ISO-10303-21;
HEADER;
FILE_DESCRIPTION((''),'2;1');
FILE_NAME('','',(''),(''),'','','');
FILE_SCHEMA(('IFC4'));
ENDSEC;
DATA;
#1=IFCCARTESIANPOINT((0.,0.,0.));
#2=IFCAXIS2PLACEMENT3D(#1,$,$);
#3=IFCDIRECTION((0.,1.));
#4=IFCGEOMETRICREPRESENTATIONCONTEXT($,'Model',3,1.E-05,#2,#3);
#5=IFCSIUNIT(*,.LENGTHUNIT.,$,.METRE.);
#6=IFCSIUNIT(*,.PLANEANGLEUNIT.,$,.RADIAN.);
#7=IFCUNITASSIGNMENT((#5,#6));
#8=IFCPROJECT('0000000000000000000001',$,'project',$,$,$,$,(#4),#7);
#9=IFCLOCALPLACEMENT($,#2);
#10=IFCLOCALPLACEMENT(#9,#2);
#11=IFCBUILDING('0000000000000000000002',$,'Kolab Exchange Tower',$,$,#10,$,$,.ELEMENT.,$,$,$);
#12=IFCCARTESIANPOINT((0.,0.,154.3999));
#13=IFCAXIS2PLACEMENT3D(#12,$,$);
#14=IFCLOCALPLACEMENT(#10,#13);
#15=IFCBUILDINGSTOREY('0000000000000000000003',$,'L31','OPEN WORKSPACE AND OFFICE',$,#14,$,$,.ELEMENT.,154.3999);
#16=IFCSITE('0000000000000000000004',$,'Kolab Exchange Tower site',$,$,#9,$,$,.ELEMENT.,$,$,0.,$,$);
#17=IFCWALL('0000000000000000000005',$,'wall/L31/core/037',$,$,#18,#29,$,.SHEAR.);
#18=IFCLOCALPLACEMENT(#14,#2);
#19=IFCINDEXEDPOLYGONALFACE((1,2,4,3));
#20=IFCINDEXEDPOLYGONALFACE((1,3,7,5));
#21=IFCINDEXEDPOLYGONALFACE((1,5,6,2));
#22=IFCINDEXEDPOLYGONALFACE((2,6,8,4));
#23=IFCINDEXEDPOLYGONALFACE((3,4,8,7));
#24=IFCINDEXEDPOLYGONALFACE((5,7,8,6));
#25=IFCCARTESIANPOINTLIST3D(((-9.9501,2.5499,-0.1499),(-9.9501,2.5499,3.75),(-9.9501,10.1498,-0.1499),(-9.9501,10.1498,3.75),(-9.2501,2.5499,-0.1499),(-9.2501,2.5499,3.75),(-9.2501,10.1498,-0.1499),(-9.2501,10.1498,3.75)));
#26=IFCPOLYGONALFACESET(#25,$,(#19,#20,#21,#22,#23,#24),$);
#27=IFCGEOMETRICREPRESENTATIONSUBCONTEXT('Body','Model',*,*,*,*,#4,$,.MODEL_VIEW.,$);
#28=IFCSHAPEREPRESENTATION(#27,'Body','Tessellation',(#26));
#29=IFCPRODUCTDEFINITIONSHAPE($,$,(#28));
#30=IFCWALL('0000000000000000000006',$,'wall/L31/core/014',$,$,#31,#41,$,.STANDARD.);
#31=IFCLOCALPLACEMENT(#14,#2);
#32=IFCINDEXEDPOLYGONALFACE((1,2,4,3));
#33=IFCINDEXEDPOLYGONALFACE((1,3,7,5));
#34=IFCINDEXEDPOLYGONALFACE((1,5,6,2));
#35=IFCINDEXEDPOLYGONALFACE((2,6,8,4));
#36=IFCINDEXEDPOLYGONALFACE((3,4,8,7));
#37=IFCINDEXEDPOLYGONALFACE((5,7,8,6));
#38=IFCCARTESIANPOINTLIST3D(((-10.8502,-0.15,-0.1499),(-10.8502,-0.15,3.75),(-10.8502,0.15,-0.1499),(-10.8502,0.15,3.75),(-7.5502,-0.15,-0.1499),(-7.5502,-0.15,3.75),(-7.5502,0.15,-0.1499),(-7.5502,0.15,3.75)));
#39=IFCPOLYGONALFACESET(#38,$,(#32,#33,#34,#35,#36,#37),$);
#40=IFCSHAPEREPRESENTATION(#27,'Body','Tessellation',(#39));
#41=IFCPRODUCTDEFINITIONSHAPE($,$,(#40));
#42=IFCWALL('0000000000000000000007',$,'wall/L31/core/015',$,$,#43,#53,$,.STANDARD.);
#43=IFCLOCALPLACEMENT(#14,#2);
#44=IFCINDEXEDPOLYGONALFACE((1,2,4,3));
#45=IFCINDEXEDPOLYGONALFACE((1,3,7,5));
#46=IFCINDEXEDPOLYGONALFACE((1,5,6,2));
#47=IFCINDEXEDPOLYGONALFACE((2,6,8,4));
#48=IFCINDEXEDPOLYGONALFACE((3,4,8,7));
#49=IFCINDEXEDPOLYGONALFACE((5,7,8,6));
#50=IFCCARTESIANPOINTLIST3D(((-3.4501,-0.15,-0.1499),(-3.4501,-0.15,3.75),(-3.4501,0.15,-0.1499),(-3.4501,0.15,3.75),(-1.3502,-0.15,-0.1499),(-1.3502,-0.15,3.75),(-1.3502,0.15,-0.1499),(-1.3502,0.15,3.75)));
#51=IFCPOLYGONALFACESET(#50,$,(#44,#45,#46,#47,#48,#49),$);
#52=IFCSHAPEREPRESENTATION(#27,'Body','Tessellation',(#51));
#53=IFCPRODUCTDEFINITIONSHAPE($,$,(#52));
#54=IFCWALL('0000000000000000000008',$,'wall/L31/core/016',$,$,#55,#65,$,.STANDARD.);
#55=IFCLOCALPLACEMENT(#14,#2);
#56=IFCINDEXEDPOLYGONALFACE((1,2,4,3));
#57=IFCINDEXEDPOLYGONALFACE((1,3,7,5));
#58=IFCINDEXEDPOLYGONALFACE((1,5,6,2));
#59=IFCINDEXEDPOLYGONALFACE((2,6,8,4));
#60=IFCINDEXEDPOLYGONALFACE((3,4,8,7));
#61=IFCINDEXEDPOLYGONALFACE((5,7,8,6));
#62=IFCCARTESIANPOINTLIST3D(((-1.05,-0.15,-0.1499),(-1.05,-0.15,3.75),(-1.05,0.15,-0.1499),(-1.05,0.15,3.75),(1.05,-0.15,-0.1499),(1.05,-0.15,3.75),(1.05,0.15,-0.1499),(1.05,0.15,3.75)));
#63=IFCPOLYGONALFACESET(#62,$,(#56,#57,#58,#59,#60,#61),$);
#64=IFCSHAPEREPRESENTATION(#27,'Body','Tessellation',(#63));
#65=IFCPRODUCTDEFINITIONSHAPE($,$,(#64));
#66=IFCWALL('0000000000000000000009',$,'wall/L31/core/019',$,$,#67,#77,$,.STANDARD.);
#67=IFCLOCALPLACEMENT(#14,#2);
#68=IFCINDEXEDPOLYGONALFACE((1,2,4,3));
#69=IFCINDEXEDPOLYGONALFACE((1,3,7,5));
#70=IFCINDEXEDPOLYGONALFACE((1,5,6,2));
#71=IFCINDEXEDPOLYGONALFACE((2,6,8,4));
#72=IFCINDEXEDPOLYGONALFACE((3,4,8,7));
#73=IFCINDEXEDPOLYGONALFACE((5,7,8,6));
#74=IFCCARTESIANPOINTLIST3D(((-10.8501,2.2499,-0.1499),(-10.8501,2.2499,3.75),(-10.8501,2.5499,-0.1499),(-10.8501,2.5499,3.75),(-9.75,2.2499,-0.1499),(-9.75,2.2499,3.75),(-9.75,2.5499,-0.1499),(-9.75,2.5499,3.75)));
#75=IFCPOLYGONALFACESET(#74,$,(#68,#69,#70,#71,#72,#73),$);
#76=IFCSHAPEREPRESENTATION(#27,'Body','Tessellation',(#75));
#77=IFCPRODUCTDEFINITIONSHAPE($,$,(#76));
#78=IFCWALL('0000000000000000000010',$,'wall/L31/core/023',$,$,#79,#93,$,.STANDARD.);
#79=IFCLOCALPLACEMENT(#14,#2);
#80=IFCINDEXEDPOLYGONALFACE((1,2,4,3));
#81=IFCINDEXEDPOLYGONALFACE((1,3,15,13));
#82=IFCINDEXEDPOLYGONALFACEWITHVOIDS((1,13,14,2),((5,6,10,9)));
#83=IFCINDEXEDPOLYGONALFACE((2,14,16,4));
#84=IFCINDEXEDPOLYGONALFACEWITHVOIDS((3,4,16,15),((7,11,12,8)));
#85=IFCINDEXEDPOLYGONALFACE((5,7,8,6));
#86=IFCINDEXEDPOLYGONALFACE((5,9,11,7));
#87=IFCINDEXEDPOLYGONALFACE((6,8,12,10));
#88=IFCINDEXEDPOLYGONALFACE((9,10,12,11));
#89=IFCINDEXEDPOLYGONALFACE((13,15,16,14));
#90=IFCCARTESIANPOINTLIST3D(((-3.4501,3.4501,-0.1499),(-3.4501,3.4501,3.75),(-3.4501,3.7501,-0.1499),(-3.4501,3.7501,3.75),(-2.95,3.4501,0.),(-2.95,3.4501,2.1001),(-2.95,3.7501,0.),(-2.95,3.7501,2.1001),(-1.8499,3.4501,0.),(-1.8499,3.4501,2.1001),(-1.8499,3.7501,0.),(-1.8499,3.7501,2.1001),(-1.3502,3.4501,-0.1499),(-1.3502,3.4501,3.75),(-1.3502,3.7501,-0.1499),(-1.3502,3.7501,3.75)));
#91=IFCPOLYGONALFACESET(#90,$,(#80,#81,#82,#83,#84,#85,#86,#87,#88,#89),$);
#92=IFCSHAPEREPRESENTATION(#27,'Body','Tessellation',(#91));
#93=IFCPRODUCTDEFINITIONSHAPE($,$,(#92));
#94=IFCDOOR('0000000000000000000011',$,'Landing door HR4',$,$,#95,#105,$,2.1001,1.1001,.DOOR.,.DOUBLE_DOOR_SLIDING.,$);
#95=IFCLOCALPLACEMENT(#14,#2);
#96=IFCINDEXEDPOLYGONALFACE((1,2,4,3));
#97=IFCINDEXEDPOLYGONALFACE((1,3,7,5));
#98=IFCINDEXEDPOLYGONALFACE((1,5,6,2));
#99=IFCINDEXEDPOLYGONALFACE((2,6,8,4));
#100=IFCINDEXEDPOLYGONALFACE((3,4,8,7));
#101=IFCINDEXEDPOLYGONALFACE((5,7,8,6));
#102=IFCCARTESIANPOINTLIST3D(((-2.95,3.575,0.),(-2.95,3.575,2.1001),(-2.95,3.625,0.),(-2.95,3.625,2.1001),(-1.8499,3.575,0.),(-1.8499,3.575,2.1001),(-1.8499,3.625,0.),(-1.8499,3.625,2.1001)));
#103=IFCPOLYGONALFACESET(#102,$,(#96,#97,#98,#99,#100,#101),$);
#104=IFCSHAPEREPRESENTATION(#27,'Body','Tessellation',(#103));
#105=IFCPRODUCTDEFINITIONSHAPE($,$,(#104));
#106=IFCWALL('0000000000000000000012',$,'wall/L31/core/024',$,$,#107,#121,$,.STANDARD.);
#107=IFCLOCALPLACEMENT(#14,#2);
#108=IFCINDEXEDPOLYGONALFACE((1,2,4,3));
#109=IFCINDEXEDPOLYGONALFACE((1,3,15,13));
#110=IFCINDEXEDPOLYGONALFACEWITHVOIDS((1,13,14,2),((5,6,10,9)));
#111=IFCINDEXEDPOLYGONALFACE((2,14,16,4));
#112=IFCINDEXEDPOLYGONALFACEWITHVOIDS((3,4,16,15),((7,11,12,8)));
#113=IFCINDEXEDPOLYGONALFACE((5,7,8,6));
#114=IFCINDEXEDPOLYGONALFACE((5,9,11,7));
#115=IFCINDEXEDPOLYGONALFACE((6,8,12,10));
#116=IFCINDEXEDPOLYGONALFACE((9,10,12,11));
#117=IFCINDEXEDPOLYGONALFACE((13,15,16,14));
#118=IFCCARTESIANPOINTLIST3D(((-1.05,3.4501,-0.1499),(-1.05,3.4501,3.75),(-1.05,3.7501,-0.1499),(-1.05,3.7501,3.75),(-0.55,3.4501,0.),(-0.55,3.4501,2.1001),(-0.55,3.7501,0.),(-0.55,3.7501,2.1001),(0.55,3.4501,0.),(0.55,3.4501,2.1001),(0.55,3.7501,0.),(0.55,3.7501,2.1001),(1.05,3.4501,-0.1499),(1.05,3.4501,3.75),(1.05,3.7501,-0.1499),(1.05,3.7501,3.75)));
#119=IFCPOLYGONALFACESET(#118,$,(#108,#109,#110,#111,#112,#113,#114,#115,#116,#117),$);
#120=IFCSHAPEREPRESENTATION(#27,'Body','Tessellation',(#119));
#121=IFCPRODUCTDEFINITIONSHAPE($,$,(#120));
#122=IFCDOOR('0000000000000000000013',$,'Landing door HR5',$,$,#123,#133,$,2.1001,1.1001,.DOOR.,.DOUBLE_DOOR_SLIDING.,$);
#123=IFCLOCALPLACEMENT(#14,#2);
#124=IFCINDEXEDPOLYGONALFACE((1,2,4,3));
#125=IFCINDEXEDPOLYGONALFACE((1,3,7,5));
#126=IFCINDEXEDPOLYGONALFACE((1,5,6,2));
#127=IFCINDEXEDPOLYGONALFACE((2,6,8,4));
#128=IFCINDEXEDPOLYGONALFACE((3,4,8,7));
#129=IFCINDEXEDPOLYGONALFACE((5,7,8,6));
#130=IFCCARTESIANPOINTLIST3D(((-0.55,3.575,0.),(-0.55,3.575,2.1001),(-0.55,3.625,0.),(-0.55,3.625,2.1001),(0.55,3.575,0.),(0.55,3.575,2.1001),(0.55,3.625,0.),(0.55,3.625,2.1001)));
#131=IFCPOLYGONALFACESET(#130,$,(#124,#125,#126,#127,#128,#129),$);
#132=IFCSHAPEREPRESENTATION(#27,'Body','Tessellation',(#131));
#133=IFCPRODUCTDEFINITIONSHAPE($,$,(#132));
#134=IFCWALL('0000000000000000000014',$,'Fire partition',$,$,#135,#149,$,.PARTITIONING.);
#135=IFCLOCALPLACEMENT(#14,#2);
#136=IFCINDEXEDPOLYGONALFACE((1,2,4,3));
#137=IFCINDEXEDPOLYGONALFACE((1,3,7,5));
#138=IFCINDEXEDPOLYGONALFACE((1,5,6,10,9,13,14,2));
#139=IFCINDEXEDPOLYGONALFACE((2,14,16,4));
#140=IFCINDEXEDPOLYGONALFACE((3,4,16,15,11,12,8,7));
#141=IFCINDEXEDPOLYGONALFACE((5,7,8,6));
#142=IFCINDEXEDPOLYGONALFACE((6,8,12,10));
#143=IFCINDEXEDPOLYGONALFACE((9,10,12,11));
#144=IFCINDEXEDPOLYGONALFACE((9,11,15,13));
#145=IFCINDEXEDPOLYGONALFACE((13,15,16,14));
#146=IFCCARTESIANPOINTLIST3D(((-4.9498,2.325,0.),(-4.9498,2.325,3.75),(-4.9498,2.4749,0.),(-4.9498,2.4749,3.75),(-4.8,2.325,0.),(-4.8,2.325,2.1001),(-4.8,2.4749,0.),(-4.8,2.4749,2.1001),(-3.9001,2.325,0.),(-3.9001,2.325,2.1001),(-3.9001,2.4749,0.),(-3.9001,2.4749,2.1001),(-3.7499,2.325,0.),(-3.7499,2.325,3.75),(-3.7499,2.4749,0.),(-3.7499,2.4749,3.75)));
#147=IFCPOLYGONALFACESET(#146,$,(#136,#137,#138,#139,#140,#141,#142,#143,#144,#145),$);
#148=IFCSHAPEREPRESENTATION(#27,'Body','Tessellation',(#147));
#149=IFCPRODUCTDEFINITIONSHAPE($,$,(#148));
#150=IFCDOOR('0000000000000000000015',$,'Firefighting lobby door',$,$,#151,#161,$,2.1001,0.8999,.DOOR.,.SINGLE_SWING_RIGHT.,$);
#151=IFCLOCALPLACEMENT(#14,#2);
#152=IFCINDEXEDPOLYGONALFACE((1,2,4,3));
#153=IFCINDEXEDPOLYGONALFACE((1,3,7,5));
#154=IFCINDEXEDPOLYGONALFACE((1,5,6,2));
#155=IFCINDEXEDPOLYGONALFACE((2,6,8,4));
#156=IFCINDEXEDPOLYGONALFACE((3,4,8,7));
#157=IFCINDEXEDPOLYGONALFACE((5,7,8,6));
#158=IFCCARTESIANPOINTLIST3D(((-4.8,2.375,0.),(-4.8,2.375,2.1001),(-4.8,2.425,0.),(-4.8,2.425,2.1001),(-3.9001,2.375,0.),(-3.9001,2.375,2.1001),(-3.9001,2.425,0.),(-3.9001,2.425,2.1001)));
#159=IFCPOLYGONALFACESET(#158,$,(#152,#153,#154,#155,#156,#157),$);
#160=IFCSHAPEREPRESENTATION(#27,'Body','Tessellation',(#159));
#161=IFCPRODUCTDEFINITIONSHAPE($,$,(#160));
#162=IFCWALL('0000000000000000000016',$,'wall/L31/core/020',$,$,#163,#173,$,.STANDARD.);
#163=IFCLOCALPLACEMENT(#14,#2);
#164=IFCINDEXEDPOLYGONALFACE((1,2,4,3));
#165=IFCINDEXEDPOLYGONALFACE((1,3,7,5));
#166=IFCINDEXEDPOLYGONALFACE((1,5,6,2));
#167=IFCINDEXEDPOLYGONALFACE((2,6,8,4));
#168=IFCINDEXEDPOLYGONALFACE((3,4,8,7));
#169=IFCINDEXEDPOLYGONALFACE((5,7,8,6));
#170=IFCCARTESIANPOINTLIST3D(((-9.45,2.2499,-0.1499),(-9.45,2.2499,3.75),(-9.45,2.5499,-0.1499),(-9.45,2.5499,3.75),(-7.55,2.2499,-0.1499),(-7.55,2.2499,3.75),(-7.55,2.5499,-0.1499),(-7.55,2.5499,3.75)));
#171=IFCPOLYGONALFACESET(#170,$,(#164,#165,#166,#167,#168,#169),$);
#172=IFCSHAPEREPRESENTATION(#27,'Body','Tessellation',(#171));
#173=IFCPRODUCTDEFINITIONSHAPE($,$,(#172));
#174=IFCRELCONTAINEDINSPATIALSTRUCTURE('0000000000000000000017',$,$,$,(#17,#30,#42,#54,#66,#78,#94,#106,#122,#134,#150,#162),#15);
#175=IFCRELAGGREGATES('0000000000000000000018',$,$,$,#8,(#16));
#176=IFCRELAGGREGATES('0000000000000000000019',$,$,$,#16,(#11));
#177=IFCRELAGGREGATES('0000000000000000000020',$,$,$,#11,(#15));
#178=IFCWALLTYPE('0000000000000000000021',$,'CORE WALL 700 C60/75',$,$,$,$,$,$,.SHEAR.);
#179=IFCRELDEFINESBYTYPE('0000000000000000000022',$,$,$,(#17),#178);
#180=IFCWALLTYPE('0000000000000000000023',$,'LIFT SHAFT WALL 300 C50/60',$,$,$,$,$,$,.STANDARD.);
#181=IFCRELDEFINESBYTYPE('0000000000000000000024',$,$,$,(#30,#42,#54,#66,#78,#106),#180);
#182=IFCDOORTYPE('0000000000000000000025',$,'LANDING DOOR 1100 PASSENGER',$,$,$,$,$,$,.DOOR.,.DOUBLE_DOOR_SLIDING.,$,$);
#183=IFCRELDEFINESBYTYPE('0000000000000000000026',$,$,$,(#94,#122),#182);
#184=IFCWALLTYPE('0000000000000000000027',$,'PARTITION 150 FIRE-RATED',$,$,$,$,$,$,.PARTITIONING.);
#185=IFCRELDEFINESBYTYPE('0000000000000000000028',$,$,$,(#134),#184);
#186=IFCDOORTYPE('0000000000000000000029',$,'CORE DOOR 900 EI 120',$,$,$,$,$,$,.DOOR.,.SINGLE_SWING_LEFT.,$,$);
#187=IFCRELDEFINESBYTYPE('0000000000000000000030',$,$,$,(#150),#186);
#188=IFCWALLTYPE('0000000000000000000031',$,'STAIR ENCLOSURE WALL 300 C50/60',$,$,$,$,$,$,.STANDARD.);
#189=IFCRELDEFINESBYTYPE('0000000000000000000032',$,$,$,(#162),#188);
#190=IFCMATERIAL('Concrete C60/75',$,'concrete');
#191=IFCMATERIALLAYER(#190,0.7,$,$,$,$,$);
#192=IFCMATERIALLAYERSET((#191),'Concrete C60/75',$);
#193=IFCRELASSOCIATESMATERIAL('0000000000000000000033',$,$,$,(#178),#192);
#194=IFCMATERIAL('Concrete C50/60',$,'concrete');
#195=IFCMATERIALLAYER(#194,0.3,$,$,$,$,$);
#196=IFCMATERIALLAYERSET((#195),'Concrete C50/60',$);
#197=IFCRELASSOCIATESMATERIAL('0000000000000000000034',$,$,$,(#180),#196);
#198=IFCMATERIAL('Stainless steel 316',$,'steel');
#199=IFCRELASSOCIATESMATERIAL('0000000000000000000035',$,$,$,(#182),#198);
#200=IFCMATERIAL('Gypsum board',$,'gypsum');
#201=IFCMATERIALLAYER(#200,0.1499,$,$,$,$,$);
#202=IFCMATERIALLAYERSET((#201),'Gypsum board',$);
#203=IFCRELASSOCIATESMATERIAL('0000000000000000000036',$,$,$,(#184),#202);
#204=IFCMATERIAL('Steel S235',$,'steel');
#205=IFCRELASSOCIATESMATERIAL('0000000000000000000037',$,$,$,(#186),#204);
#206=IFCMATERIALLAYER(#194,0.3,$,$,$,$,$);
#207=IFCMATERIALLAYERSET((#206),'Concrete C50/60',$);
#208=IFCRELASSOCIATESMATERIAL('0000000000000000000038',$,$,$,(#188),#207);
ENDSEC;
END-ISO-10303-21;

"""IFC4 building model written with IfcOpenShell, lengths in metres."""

from ifc_helpers import new_model, si_unit, direction, frame, frame_2d, origin, place, context, subcontext, project, spatial, rectangle, extrude, material, layer, layer_set, type_object, element, fill, save


model = new_model("IFC4")

# Units and contexts
model_context = context("Model", 3, precision=1e-05, world=origin(), true_north=direction((0.0, 1.0)))
body_context = subcontext(model_context, "Body", "Model", "MODEL_VIEW")
ifc_project = project(units=[si_unit("LENGTHUNIT", "METRE"), si_unit("PLANEANGLEUNIT", "RADIAN")], contexts=[model_context])

# Site, building, storey
site_placement = place(None, origin())
site = spatial("IfcSite", under=ifc_project, at=site_placement, Name="Kolab Exchange Tower site", CompositionType="ELEMENT", RefElevation=0.0)
building_placement = place(site_placement, origin())
building = spatial("IfcBuilding", under=site, at=building_placement, Name="Kolab Exchange Tower", CompositionType="ELEMENT")
storey_placement = place(building_placement, frame((0.0, 0.0, 154.3999)))
storey = spatial("IfcBuildingStorey", under=building, at=storey_placement, Name="L31", Description="OPEN WORKSPACE AND OFFICE", CompositionType="ELEMENT", Elevation=154.3999)

# Walls
ifc_material_1 = material(Name="Concrete C60/75", Category="concrete")
ifc_layer_1 = layer(ifc_material_1, 0.7)
ifc_layer_set_1 = layer_set([ifc_layer_1], Name="Concrete C60/75")
wall_type_1 = type_object("IfcWallType", Name="CORE WALL 700 C60/75", PredefinedType="SHEAR", material=ifc_layer_set_1)
wall_1_placement = place(storey_placement, frame((-9.6001, 2.55, -0.1499), z_axis=(0.0, 0.0, 1.0), x_axis=(0.0, 1.0, 0.0)))
element("IfcWall", 1, at=wall_1_placement, inside=storey, type_object=wall_type_1, Name="wall/L31/core/037", PredefinedType="SHEAR", context=body_context, shape_type="SweptSolid", body=[
    extrude(rectangle(XDim=7.5999, YDim=0.7, at=frame_2d((3.7998, 0.0))), origin(), (0.0, 0.0, 1.0), 3.8999),
])
ifc_material_2 = material(Name="Concrete C50/60", Category="concrete")
ifc_layer_2 = layer(ifc_material_2, 0.3)
ifc_layer_set_2 = layer_set([ifc_layer_2], Name="Concrete C50/60")
wall_type_2 = type_object("IfcWallType", Name="LIFT SHAFT WALL 300 C50/60", PredefinedType="STANDARD", material=ifc_layer_set_2)
wall_2_placement = place(storey_placement, frame((-10.8501, 0.0, -0.1499), z_axis=(0.0, 0.0, 1.0), x_axis=(1.0, 0.0, 0.0)))
element("IfcWall", 2, at=wall_2_placement, inside=storey, type_object=wall_type_2, Name="wall/L31/core/014", PredefinedType="STANDARD", context=body_context, shape_type="SweptSolid", body=[
    extrude(rectangle(XDim=3.3, YDim=0.3, at=frame_2d((1.6499, 0.0))), origin(), (0.0, 0.0, 1.0), 3.8999),
])
wall_3_placement = place(storey_placement, frame((-3.45, 0.0, -0.1499), z_axis=(0.0, 0.0, 1.0), x_axis=(1.0, 0.0, 0.0)))
element("IfcWall", 3, at=wall_3_placement, inside=storey, type_object=wall_type_2, Name="wall/L31/core/015", PredefinedType="STANDARD", context=body_context, shape_type="SweptSolid", body=[
    extrude(rectangle(XDim=2.0999, YDim=0.3, at=frame_2d((1.0498, 0.0))), origin(), (0.0, 0.0, 1.0), 3.8999),
])
wall_4_placement = place(storey_placement, frame((-1.05, 0.0, -0.1499), z_axis=(0.0, 0.0, 1.0), x_axis=(1.0, 0.0, 0.0)))
element("IfcWall", 4, at=wall_4_placement, inside=storey, type_object=wall_type_2, Name="wall/L31/core/016", PredefinedType="STANDARD", context=body_context, shape_type="SweptSolid", body=[
    extrude(rectangle(XDim=2.1001, YDim=0.3, at=frame_2d((1.05, 0.0))), origin(), (0.0, 0.0, 1.0), 3.8999),
])
wall_5_placement = place(storey_placement, frame((-10.8501, 2.3999, -0.1499), z_axis=(0.0, 0.0, 1.0), x_axis=(1.0, 0.0, 0.0)))
element("IfcWall", 5, at=wall_5_placement, inside=storey, type_object=wall_type_2, Name="wall/L31/core/019", PredefinedType="STANDARD", context=body_context, shape_type="SweptSolid", body=[
    extrude(rectangle(XDim=1.1001, YDim=0.3, at=frame_2d((0.55, 0.0))), origin(), (0.0, 0.0, 1.0), 3.8999),
])

# Walls, openings, doors
wall_6_placement = place(storey_placement, frame((-3.45, 3.6001, -0.1499), z_axis=(0.0, 0.0, 1.0), x_axis=(1.0, 0.0, 0.0)))
wall_6 = element("IfcWall", 6, at=wall_6_placement, inside=storey, type_object=wall_type_2, Name="wall/L31/core/023", PredefinedType="STANDARD", context=body_context, shape_type="SweptSolid", body=[
    extrude(rectangle(XDim=2.0999, YDim=0.3, at=frame_2d((1.0498, 0.0))), origin(), (0.0, 0.0, 1.0), 3.8999),
])
opening_1_placement = place(wall_6_placement, frame((0.5, 0.0, 0.1499)))
opening_1 = element("IfcOpeningElement", 7, at=opening_1_placement, cuts=wall_6, PredefinedType="OPENING", context=body_context, shape_type="SweptSolid", body=[
    extrude(rectangle(XDim=1.1001, YDim=2.1001, at=frame_2d((0.55, 1.05))), frame((0.0, 0.1602, 0.0), z_axis=(0.0, -1.0, 0.0), x_axis=(1.0, 0.0, 0.0)), (0.0, 0.0, 1.0), 0.3201),
])
ifc_material_3 = material(Name="Stainless steel 316", Category="steel")
door_type_1 = type_object("IfcDoorType", Name="LANDING DOOR 1100 PASSENGER", OperationType="DOUBLE_DOOR_SLIDING", PredefinedType="DOOR", material=ifc_material_3)
door_1_placement = place(opening_1_placement, origin())
door_1 = element("IfcDoor", 8, at=door_1_placement, inside=storey, type_object=door_type_1, Name="Landing door HR4", OperationType="DOUBLE_DOOR_SLIDING", OverallHeight=2.1001, OverallWidth=1.1001, PredefinedType="DOOR", context=body_context, shape_type="SweptSolid", body=[
    extrude(rectangle(XDim=1.1001, YDim=2.1001, at=frame_2d((0.55, 1.05))), frame((0.0, 0.0249, 0.0), z_axis=(0.0, -1.0, 0.0), x_axis=(1.0, 0.0, 0.0)), (0.0, 0.0, 1.0), 0.05),
])
fill(opening_1, door_1)
wall_7_placement = place(storey_placement, frame((-1.05, 3.6001, -0.1499), z_axis=(0.0, 0.0, 1.0), x_axis=(1.0, 0.0, 0.0)))
wall_7 = element("IfcWall", 9, at=wall_7_placement, inside=storey, type_object=wall_type_2, Name="wall/L31/core/024", PredefinedType="STANDARD", context=body_context, shape_type="SweptSolid", body=[
    extrude(rectangle(XDim=2.1001, YDim=0.3, at=frame_2d((1.05, 0.0))), origin(), (0.0, 0.0, 1.0), 3.8999),
])
opening_2_placement = place(wall_7_placement, frame((0.5, 0.0, 0.1499)))
opening_2 = element("IfcOpeningElement", 10, at=opening_2_placement, cuts=wall_7, PredefinedType="OPENING", context=body_context, shape_type="SweptSolid", body=[
    extrude(rectangle(XDim=1.1001, YDim=2.1001, at=frame_2d((0.55, 1.05))), frame((0.0, 0.1602, 0.0), z_axis=(0.0, -1.0, 0.0), x_axis=(1.0, 0.0, 0.0)), (0.0, 0.0, 1.0), 0.3201),
])
door_2_placement = place(opening_2_placement, origin())
door_2 = element("IfcDoor", 11, at=door_2_placement, inside=storey, type_object=door_type_1, Name="Landing door HR5", OperationType="DOUBLE_DOOR_SLIDING", OverallHeight=2.1001, OverallWidth=1.1001, PredefinedType="DOOR", context=body_context, shape_type="SweptSolid", body=[
    extrude(rectangle(XDim=1.1001, YDim=2.1001, at=frame_2d((0.55, 1.05))), frame((0.0, 0.0249, 0.0), z_axis=(0.0, -1.0, 0.0), x_axis=(1.0, 0.0, 0.0)), (0.0, 0.0, 1.0), 0.05),
])
fill(opening_2, door_2)
ifc_material_4 = material(Name="Gypsum board", Category="gypsum")
ifc_layer_3 = layer(ifc_material_4, 0.1499)
ifc_layer_set_3 = layer_set([ifc_layer_3], Name="Gypsum board")
wall_type_3 = type_object("IfcWallType", Name="PARTITION 150 FIRE-RATED", PredefinedType="PARTITIONING", material=ifc_layer_set_3)
wall_8_placement = place(storey_placement, frame((-4.95, 2.3999, 0.0), z_axis=(0.0, 0.0, 1.0), x_axis=(1.0, 0.0, 0.0)))
wall_8 = element("IfcWall", 12, at=wall_8_placement, inside=storey, type_object=wall_type_3, Name="Fire partition", PredefinedType="PARTITIONING", context=body_context, shape_type="SweptSolid", body=[
    extrude(rectangle(XDim=1.2, YDim=0.1499, at=frame_2d((0.6001, 0.0))), origin(), (0.0, 0.0, 1.0), 3.75),
])
opening_3_placement = place(wall_8_placement, frame((0.1499, 0.0, 0.0)))
opening_3 = element("IfcOpeningElement", 13, at=opening_3_placement, cuts=wall_8, PredefinedType="OPENING", context=body_context, shape_type="SweptSolid", body=[
    extrude(rectangle(XDim=0.8999, YDim=2.1001, at=frame_2d((0.45, 1.05))), frame((0.0, 0.085, 0.0), z_axis=(0.0, -1.0, 0.0), x_axis=(1.0, 0.0, 0.0)), (0.0, 0.0, 1.0), 0.1699),
])
ifc_material_5 = material(Name="Steel S235", Category="steel")
door_type_2 = type_object("IfcDoorType", Name="CORE DOOR 900 EI 120", OperationType="SINGLE_SWING_LEFT", PredefinedType="DOOR", material=ifc_material_5)
door_3_placement = place(opening_3_placement, frame((0.8999, 0.0, 0.0), z_axis=(0.0, 0.0, 1.0), x_axis=(-1.0, 0.0, 0.0)))
door_3 = element("IfcDoor", 14, at=door_3_placement, inside=storey, type_object=door_type_2, Name="Firefighting lobby door", OperationType="SINGLE_SWING_RIGHT", OverallHeight=2.1001, OverallWidth=0.8999, PredefinedType="DOOR", context=body_context, shape_type="SweptSolid", body=[
    extrude(rectangle(XDim=0.8999, YDim=2.1001, at=frame_2d((0.45, 1.05))), frame((0.0, 0.0249, 0.0), z_axis=(0.0, -1.0, 0.0), x_axis=(1.0, 0.0, 0.0)), (0.0, 0.0, 1.0), 0.05),
])
fill(opening_3, door_3)

# Wall
ifc_layer_4 = layer(ifc_material_2, 0.3)
ifc_layer_set_4 = layer_set([ifc_layer_4], Name="Concrete C50/60")
wall_type_4 = type_object("IfcWallType", Name="STAIR ENCLOSURE WALL 300 C50/60", PredefinedType="STANDARD", material=ifc_layer_set_4)
wall_9_placement = place(storey_placement, frame((-9.45, 2.3999, -0.1499), z_axis=(0.0, 0.0, 1.0), x_axis=(1.0, 0.0, 0.0)))
element("IfcWall", 15, at=wall_9_placement, inside=storey, type_object=wall_type_4, Name="wall/L31/core/020", PredefinedType="STANDARD", context=body_context, shape_type="SweptSolid", body=[
    extrude(rectangle(XDim=1.8999, YDim=0.3, at=frame_2d((0.95, 0.0))), origin(), (0.0, 0.0, 1.0), 3.8999),
])

save(model, "model.ifc")
